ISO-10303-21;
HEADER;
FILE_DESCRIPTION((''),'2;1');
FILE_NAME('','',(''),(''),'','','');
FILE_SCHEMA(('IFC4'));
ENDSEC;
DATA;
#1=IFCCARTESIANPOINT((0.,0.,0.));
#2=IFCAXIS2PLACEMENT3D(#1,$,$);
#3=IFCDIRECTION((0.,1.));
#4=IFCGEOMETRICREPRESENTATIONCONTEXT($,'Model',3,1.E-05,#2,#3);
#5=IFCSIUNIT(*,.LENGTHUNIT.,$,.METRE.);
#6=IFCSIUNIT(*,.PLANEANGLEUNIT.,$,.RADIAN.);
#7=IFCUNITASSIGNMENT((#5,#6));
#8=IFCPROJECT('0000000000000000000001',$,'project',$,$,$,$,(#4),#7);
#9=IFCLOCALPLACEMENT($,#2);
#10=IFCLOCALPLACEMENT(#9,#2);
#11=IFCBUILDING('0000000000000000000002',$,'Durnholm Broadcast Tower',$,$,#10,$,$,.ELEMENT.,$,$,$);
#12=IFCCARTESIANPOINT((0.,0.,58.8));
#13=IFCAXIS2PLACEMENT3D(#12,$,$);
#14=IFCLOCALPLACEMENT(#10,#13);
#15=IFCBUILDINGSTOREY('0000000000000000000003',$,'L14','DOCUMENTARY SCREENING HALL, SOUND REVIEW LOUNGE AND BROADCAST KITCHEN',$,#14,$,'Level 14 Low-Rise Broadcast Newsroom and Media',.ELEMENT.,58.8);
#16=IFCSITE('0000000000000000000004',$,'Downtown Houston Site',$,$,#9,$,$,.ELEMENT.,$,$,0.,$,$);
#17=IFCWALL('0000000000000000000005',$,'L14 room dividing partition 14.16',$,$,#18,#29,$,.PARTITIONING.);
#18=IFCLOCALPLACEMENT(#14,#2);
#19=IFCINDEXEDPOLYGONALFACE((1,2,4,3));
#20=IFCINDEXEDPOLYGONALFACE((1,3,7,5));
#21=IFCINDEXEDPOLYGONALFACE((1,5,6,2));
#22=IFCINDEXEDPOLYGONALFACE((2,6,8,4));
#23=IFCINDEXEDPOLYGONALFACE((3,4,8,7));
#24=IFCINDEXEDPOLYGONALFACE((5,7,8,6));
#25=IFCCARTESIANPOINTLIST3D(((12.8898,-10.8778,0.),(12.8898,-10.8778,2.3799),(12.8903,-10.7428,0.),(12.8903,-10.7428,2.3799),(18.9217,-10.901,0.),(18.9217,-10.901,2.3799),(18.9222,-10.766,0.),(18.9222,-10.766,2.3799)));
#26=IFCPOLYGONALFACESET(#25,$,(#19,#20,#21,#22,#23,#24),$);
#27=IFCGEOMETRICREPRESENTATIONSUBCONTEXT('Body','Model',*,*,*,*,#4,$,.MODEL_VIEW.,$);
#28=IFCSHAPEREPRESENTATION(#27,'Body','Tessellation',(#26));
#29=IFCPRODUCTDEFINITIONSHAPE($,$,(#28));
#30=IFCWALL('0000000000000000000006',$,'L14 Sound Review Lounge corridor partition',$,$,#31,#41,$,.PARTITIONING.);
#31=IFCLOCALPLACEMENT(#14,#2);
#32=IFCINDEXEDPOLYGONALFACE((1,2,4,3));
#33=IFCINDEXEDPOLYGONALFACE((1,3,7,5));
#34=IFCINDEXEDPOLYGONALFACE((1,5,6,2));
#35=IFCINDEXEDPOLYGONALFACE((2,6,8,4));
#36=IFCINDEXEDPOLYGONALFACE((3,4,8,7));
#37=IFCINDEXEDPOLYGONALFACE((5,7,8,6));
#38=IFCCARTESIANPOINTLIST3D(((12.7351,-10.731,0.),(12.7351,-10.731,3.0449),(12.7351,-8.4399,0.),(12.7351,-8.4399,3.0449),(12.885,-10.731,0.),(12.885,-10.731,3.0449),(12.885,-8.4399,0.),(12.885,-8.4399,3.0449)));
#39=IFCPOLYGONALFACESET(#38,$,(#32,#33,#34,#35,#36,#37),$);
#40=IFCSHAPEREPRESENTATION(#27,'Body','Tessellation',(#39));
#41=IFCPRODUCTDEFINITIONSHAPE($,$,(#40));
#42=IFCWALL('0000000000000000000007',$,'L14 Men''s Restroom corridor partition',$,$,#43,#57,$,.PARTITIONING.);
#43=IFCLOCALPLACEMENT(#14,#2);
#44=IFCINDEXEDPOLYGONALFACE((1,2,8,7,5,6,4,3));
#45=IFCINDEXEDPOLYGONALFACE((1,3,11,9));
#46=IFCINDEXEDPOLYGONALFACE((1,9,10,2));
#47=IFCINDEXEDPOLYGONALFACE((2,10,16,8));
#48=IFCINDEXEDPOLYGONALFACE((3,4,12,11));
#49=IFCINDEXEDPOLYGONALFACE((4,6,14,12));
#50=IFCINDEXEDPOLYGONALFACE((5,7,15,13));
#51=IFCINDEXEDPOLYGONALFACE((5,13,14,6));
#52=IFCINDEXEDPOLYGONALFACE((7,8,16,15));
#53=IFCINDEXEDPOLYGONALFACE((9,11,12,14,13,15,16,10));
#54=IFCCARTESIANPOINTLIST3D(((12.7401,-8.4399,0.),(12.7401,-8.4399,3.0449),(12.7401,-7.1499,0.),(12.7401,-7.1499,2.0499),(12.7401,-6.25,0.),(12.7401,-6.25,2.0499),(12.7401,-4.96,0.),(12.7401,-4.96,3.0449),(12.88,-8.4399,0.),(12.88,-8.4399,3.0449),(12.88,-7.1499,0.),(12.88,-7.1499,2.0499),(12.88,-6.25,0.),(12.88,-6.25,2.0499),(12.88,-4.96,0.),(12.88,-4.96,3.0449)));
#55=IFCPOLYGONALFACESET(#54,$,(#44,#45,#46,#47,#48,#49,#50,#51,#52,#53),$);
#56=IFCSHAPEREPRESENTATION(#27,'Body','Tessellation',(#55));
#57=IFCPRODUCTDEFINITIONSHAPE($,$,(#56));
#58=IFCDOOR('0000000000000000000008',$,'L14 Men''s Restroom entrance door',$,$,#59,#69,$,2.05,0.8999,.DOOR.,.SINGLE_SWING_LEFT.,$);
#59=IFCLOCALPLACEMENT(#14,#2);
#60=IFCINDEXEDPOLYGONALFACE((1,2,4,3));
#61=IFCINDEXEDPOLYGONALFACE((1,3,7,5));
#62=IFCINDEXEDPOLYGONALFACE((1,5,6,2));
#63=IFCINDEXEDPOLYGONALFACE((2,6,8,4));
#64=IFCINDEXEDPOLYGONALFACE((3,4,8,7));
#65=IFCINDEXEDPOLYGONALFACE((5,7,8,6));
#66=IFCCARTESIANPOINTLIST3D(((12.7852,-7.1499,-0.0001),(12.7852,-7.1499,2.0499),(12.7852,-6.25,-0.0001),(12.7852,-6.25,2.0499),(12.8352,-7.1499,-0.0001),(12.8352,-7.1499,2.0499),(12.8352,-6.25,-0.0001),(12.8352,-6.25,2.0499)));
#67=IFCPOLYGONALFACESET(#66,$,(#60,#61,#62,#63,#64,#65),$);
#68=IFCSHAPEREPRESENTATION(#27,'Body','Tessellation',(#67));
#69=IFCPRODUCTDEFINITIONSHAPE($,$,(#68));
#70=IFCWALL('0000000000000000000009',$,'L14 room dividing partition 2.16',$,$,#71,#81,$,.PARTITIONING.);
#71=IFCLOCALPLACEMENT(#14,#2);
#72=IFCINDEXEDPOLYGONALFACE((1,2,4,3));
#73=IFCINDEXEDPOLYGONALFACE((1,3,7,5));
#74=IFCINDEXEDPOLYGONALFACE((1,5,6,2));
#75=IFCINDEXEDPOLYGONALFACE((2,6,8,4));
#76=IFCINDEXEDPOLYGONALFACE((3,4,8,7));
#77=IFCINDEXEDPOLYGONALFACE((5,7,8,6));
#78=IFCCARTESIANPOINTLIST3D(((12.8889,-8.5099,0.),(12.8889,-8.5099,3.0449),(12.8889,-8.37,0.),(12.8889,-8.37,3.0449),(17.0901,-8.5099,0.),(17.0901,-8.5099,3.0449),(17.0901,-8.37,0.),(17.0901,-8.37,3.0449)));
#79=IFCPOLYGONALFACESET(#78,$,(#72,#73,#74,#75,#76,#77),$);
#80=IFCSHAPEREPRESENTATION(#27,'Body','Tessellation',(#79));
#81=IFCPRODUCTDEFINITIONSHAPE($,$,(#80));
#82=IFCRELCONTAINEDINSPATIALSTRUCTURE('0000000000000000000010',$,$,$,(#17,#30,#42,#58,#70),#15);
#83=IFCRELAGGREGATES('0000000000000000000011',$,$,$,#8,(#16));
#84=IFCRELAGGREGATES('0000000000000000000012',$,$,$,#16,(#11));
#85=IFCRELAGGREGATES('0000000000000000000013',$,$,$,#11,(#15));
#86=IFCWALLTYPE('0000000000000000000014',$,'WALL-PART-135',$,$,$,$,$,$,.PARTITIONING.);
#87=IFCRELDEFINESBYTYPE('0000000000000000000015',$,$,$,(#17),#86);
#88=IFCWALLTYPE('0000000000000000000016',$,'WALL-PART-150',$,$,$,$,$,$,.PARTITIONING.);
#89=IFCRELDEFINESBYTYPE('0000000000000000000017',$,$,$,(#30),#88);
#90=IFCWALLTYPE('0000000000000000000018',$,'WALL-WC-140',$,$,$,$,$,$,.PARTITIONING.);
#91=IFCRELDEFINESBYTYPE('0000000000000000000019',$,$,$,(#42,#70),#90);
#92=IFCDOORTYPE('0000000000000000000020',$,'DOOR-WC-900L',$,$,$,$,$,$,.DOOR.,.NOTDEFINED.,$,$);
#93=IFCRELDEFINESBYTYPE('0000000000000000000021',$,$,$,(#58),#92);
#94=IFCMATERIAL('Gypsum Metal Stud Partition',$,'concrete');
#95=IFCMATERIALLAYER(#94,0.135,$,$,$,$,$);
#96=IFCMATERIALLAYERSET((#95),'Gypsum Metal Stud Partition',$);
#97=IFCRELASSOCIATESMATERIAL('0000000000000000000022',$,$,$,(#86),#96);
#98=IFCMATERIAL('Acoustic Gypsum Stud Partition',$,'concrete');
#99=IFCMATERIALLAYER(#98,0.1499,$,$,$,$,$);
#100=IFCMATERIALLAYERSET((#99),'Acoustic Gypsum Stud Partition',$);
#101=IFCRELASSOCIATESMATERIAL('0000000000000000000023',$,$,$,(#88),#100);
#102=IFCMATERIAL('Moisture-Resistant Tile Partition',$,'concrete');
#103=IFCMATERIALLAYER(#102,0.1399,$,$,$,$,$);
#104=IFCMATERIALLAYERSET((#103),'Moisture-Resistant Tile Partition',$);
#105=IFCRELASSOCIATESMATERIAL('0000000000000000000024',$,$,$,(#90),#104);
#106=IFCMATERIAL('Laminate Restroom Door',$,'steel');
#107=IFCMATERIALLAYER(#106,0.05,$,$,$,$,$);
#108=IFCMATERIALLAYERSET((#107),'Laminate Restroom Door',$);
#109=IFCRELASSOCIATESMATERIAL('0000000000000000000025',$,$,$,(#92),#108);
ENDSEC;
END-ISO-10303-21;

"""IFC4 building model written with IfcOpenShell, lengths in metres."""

from ifc_helpers import new_model, si_unit, direction, frame, frame_2d, origin, place, context, subcontext, project, spatial, rectangle, extrude, source, transform, mapped, material, layer, layer_set, type_object, type_shapes, element, fill, save


model = new_model("IFC4")

# Units and contexts
model_context = context("Model", 3, precision=1e-05, world=origin(), true_north=direction((0.0, 1.0)))
body_context = subcontext(model_context, "Body", "Model", "MODEL_VIEW")
ifc_project = project(units=[si_unit("LENGTHUNIT", "METRE"), si_unit("PLANEANGLEUNIT", "RADIAN")], contexts=[model_context])

# Site, building, storey
site_placement = place(None, origin())
site = spatial("IfcSite", under=ifc_project, at=site_placement, Name="Downtown Houston Site", CompositionType="ELEMENT", RefElevation=0.0)
building_placement = place(site_placement, origin())
building = spatial("IfcBuilding", under=site, at=building_placement, Name="Durnholm Broadcast Tower", CompositionType="ELEMENT")
storey_placement = place(building_placement, frame((0.0, 0.0, 58.8)))
storey = spatial("IfcBuildingStorey", under=building, at=storey_placement, Name="L14", Description="DOCUMENTARY SCREENING HALL, SOUND REVIEW LOUNGE AND BROADCAST KITCHEN", LongName="Level 14 Low-Rise Broadcast Newsroom and Media", CompositionType="ELEMENT", Elevation=58.8)

# Walls
ifc_material_1 = material(Name="Gypsum Metal Stud Partition", Category="concrete")
ifc_layer_1 = layer(ifc_material_1, 0.135)
ifc_layer_set_1 = layer_set([ifc_layer_1], Name="Gypsum Metal Stud Partition")
wall_type_1 = type_object("IfcWallType", Name="WALL-PART-135", PredefinedType="PARTITIONING", material=ifc_layer_set_1)
wall_1_placement = place(storey_placement, frame((12.8899, -10.8103, 0.0), z_axis=(0.0, 0.0, 1.0), x_axis=(0.999993, -0.003845, 0.0)))
element("IfcWall", 1, at=wall_1_placement, inside=storey, type_object=wall_type_1, Name="L14 room dividing partition 14.16", PredefinedType="PARTITIONING", context=body_context, shape_type="SweptSolid", body=[
    extrude(rectangle(XDim=6.032, YDim=0.135, at=frame_2d((3.0161, 0.0))), origin(), (0.0, 0.0, 1.0), 2.3799),
])
ifc_material_2 = material(Name="Acoustic Gypsum Stud Partition", Category="concrete")
ifc_layer_2 = layer(ifc_material_2, 0.1499)
ifc_layer_set_2 = layer_set([ifc_layer_2], Name="Acoustic Gypsum Stud Partition")
wall_type_2 = type_object("IfcWallType", Name="WALL-PART-150", PredefinedType="PARTITIONING", material=ifc_layer_set_2)
wall_2_placement = place(storey_placement, frame((12.8101, -10.731, 0.0), z_axis=(0.0, 0.0, 1.0), x_axis=(0.0, 1.0, 0.0)))
element("IfcWall", 2, at=wall_2_placement, inside=storey, type_object=wall_type_2, Name="L14 Sound Review Lounge corridor partition", PredefinedType="PARTITIONING", context=body_context, shape_type="SweptSolid", body=[
    extrude(rectangle(XDim=2.291, YDim=0.1499, at=frame_2d((1.1455, 0.0))), origin(), (0.0, 0.0, 1.0), 3.0449),
])

# Wall, opening, door
ifc_material_3 = material(Name="Moisture-Resistant Tile Partition", Category="concrete")
ifc_layer_3 = layer(ifc_material_3, 0.1399)
ifc_layer_set_3 = layer_set([ifc_layer_3], Name="Moisture-Resistant Tile Partition")
wall_type_3 = type_object("IfcWallType", Name="WALL-WC-140", PredefinedType="PARTITIONING", material=ifc_layer_set_3)
wall_3_placement = place(storey_placement, frame((12.8101, -8.4399, 0.0), z_axis=(0.0, 0.0, 1.0), x_axis=(0.0, 1.0, 0.0)))
wall_3 = element("IfcWall", 3, at=wall_3_placement, inside=storey, type_object=wall_type_3, Name="L14 Men's Restroom corridor partition", PredefinedType="PARTITIONING", context=body_context, shape_type="SweptSolid", body=[
    extrude(rectangle(XDim=3.48, YDim=0.1399, at=frame_2d((1.74, 0.0))), origin(), (0.0, 0.0, 1.0), 3.0449),
])
opening_placement = place(wall_3_placement, frame((1.29, 0.0, 0.0)))
opening = element("IfcOpeningElement", 4, at=opening_placement, cuts=wall_3, PredefinedType="OPENING", context=body_context, shape_type="SweptSolid", body=[
    extrude(rectangle(XDim=0.8999, YDim=2.05, at=frame_2d((0.45, 1.0249))), frame((0.0, 0.0801, 0.0), z_axis=(0.0, -1.0, 0.0), x_axis=(1.0, 0.0, 0.0)), (0.0, 0.0, 1.0), 0.1599),
])
ifc_material_4 = material(Name="Laminate Restroom Door", Category="steel")
ifc_layer_4 = layer(ifc_material_4, 0.05)
ifc_layer_set_4 = layer_set([ifc_layer_4], Name="Laminate Restroom Door")
door_type = type_object("IfcDoorType", Name="DOOR-WC-900L", OperationType="NOTDEFINED", PredefinedType="DOOR", material=ifc_layer_set_4)
shared_shape_1 = source(origin(), body_context, "Body", "SweptSolid", [
    extrude(rectangle(XDim=0.8999, YDim=2.05, at=frame_2d((0.45, 1.0249))), frame((0.0, 0.0249, 0.0), z_axis=(0.0, -1.0, 0.0), x_axis=(1.0, 0.0, 0.0)), (0.0, 0.0, 1.0), 0.05),
])
type_shapes(door_type, [shared_shape_1])
door_placement = place(opening_placement, origin())
door = element("IfcDoor", 5, at=door_placement, inside=storey, type_object=door_type, Name="L14 Men's Restroom entrance door", OperationType="SINGLE_SWING_LEFT", OverallHeight=2.05, OverallWidth=0.8999, PredefinedType="DOOR", context=body_context, shape_type="MappedRepresentation", body=[
    mapped(shared_shape_1, transform((0.0, 0.0, 0.0), x_axis=(1.0, 0.0, 0.0), y_axis=(0.0, 1.0, 0.0), z_axis=(0.0, 0.0, 1.0), scale=1.0)),
])
fill(opening, door)

# Wall
wall_4_placement = place(storey_placement, frame((17.0901, -8.4399, 0.0), z_axis=(0.0, 0.0, 1.0), x_axis=(-1.0, 0.0, 0.0)))
element("IfcWall", 6, at=wall_4_placement, inside=storey, type_object=wall_type_3, Name="L14 room dividing partition 2.16", PredefinedType="PARTITIONING", context=body_context, shape_type="SweptSolid", body=[
    extrude(rectangle(XDim=4.2012, YDim=0.1399, at=frame_2d((2.1006, 0.0))), origin(), (0.0, 0.0, 1.0), 3.0449),
])

save(model, "model.ifc")
